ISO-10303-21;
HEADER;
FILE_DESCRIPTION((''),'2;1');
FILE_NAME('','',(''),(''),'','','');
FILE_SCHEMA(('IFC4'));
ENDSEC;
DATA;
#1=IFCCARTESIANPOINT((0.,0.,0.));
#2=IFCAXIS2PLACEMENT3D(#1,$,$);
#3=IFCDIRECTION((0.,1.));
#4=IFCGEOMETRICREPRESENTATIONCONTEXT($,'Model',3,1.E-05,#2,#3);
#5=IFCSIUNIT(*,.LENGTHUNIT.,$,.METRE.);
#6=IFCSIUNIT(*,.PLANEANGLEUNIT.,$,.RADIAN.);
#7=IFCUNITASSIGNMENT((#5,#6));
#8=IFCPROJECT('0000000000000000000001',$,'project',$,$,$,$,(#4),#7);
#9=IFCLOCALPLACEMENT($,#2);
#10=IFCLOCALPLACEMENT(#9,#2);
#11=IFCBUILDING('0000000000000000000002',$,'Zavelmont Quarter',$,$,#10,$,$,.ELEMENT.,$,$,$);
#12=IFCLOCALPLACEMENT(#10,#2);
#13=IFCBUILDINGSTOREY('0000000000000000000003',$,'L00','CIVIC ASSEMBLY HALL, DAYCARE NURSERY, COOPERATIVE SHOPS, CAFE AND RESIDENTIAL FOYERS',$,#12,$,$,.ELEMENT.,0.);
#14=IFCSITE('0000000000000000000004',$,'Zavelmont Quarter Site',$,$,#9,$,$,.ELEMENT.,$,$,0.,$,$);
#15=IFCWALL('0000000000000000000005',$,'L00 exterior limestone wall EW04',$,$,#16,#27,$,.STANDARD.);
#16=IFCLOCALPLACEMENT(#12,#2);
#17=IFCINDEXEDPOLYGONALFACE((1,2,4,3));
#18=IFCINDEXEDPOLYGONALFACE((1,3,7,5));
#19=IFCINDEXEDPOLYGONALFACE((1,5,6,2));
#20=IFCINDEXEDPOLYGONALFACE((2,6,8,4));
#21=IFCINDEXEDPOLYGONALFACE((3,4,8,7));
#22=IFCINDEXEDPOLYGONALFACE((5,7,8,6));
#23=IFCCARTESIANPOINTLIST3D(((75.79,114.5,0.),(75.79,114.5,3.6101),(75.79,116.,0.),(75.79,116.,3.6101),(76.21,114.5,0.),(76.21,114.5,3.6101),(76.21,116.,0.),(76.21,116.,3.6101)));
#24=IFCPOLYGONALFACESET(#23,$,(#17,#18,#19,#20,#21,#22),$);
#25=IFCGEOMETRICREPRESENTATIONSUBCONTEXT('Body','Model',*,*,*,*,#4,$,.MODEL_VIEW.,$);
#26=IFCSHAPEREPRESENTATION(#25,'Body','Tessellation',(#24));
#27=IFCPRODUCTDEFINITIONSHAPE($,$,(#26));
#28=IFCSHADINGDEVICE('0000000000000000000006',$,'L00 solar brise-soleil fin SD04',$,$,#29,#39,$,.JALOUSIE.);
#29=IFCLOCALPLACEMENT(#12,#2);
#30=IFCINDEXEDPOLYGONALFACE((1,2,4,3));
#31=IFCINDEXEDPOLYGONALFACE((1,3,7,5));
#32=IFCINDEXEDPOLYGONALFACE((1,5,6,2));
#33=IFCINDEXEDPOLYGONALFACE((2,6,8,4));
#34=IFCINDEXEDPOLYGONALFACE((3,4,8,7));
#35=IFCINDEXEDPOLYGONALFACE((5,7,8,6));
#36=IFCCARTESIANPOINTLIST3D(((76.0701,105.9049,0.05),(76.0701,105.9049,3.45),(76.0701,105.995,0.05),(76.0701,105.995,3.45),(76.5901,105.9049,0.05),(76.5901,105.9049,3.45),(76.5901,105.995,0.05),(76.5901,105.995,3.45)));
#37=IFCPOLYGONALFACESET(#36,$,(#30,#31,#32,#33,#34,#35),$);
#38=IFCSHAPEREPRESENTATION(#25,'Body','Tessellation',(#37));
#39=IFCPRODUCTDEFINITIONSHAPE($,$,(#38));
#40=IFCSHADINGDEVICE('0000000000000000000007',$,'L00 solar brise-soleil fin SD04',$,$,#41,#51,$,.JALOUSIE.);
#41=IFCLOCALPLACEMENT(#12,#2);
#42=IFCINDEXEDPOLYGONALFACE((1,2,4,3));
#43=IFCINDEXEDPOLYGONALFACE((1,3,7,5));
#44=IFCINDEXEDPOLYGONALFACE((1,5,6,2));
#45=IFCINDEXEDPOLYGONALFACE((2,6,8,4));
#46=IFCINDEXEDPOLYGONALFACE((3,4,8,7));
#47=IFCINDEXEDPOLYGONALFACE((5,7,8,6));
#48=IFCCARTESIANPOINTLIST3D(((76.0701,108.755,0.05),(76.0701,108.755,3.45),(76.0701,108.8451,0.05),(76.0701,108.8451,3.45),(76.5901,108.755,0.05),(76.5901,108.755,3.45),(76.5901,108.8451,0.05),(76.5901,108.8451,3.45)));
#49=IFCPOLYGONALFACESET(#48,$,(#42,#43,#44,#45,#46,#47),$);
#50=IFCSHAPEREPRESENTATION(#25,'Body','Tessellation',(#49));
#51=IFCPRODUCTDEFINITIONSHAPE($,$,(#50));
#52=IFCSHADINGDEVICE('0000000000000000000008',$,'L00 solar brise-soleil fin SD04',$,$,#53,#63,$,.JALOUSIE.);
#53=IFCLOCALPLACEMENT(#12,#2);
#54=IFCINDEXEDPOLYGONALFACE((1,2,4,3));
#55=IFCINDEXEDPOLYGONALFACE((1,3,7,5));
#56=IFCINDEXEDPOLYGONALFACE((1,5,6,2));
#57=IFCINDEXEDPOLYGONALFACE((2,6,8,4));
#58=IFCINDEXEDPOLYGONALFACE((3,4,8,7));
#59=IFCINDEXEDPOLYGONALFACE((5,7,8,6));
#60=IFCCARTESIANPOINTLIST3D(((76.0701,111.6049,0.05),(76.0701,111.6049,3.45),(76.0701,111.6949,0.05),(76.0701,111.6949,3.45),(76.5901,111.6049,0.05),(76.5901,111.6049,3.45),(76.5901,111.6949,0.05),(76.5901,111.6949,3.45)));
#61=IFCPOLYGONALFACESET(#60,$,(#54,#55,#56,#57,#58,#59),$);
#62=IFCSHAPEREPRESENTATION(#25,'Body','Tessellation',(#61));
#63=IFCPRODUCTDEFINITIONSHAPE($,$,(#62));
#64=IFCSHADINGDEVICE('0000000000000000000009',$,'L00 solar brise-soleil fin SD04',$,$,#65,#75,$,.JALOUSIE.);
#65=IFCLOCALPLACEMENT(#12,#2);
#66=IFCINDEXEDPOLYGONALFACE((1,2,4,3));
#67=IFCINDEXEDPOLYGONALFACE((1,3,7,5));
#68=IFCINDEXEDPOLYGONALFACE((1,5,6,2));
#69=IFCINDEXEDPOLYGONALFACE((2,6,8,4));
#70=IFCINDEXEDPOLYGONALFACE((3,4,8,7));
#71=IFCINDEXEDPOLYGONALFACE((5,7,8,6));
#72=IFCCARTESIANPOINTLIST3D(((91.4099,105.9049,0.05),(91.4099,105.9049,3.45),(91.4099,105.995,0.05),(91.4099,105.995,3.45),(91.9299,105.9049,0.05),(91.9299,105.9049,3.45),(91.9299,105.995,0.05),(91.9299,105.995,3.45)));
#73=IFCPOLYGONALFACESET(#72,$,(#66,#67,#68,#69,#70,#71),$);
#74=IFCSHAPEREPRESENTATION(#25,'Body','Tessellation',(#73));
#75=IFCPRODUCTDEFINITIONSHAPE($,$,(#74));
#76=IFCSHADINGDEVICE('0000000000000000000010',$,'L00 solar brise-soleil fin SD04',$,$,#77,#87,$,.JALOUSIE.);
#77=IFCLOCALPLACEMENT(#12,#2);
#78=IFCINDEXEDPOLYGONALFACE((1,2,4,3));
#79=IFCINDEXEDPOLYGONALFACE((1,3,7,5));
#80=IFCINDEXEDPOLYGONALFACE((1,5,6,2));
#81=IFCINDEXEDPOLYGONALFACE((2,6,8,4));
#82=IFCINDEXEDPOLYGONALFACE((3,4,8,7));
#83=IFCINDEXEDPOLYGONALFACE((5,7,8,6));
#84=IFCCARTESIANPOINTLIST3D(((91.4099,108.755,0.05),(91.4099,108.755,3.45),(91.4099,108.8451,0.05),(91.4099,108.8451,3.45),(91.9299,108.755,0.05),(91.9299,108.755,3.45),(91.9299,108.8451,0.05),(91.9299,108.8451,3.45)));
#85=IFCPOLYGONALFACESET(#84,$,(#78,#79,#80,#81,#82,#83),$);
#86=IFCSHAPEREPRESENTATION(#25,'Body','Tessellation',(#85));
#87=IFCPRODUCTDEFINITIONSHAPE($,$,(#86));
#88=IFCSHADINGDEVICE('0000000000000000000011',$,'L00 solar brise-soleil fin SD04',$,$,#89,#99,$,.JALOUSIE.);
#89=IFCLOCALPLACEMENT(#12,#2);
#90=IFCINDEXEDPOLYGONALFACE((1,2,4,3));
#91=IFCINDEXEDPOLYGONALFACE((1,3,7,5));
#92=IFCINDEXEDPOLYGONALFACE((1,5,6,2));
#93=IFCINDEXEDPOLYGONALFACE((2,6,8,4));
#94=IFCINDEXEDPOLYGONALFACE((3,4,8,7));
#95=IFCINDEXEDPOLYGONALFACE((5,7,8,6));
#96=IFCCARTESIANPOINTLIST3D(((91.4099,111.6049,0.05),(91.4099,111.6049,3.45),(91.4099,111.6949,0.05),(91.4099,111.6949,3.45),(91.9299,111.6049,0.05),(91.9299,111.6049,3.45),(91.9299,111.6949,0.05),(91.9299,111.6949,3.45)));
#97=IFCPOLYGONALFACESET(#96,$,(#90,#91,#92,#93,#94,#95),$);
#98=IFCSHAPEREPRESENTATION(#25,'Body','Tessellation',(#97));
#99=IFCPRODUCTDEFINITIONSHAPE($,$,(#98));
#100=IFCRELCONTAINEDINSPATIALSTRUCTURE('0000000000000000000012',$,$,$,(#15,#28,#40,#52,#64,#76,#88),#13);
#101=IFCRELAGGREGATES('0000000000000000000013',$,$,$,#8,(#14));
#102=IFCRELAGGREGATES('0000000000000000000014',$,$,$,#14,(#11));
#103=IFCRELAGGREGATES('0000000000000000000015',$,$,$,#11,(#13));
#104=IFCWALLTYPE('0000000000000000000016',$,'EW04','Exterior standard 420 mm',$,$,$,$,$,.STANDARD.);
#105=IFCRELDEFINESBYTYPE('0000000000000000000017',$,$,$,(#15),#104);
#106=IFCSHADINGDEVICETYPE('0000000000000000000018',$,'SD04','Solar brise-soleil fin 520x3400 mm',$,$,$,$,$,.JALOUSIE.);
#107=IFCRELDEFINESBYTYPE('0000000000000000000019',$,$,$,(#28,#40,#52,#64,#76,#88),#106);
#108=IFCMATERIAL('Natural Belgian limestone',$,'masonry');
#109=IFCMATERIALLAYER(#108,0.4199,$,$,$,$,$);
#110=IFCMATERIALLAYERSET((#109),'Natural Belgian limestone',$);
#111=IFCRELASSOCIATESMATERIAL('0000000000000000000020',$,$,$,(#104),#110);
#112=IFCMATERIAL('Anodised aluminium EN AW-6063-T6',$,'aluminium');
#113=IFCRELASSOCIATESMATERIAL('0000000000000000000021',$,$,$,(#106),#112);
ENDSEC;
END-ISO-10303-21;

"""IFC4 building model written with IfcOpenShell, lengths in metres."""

from ifc_helpers import new_model, si_unit, direction, frame, frame_2d, origin, origin_2d, place, context, subcontext, project, spatial, rectangle, extrude, material, layer, layer_set, type_object, element, save


model = new_model("IFC4")

# Units and contexts
model_context = context("Model", 3, precision=1e-05, world=origin(), true_north=direction((0.0, 1.0)))
body_context = subcontext(model_context, "Body", "Model", "MODEL_VIEW")
ifc_project = project(units=[si_unit("LENGTHUNIT", "METRE"), si_unit("PLANEANGLEUNIT", "RADIAN")], contexts=[model_context])

# Site, building, storey
site_placement = place(None, origin())
site = spatial("IfcSite", under=ifc_project, at=site_placement, Name="Zavelmont Quarter Site", CompositionType="ELEMENT", RefElevation=0.0)
building_placement = place(site_placement, origin())
building = spatial("IfcBuilding", under=site, at=building_placement, Name="Zavelmont Quarter", CompositionType="ELEMENT")
storey_placement = place(building_placement, origin())
storey = spatial("IfcBuildingStorey", under=building, at=storey_placement, Name="L00", Description="CIVIC ASSEMBLY HALL, DAYCARE NURSERY, COOPERATIVE SHOPS, CAFE AND RESIDENTIAL FOYERS", CompositionType="ELEMENT", Elevation=0.0)

# Wall
ifc_material_1 = material(Name="Natural Belgian limestone", Category="masonry")
ifc_layer_1 = layer(ifc_material_1, 0.4199)
ifc_layer_set_1 = layer_set([ifc_layer_1], Name="Natural Belgian limestone")
wall_type = type_object("IfcWallType", Name="EW04", Description="Exterior standard 420 mm", PredefinedType="STANDARD", material=ifc_layer_set_1)
wall_placement = place(storey_placement, frame((76.0, 114.5, 0.0), z_axis=(0.0, 0.0, 1.0), x_axis=(0.0, 1.0, 0.0)))
element("IfcWall", 1, at=wall_placement, inside=storey, type_object=wall_type, Name="L00 exterior limestone wall EW04", PredefinedType="STANDARD", context=body_context, shape_type="SweptSolid", body=[
    extrude(rectangle(XDim=1.5, YDim=0.4199, at=frame_2d((0.75, 0.0))), origin(), (0.0, 0.0, 1.0), 3.6101),
])

# Shading devices
ifc_material_2 = material(Name="Anodised aluminium EN AW-6063-T6", Category="aluminium")
shading_device_type = type_object("IfcShadingDeviceType", Name="SD04", Description="Solar brise-soleil fin 520x3400 mm", PredefinedType="JALOUSIE", material=ifc_material_2)
for number, where, z_axis, x_axis, name in (
    (2, (76.3301, 105.95, 0.05), (0.0, 0.0, 1.0), (0.0, 1.0, 0.0), "L00 solar brise-soleil fin SD04"),
    (3, (76.3301, 108.8, 0.05), (0.0, 0.0, 1.0), (0.0, 1.0, 0.0), "L00 solar brise-soleil fin SD04"),
    (4, (76.3301, 111.6499, 0.05), (0.0, 0.0, 1.0), (0.0, 1.0, 0.0), "L00 solar brise-soleil fin SD04"),
    (5, (91.6699, 105.95, 0.05), (0.0, 0.0, 1.0), (0.0, 1.0, 0.0), "L00 solar brise-soleil fin SD04"),
    (6, (91.6699, 108.8, 0.05), (0.0, 0.0, 1.0), (0.0, 1.0, 0.0), "L00 solar brise-soleil fin SD04"),
    (7, (91.6699, 111.6499, 0.05), (0.0, 0.0, 1.0), (0.0, 1.0, 0.0), "L00 solar brise-soleil fin SD04"),
):
    element("IfcShadingDevice", number, at=place(storey_placement, frame(where, z_axis=z_axis, x_axis=x_axis)), inside=storey, type_object=shading_device_type, Name=name, PredefinedType="JALOUSIE", context=body_context, shape_type="SweptSolid", body=[
        extrude(rectangle(XDim=0.0901, YDim=0.52, at=origin_2d()), origin(), (0.0, 0.0, 1.0), 3.3999),
    ])

save(model, "model.ifc")
